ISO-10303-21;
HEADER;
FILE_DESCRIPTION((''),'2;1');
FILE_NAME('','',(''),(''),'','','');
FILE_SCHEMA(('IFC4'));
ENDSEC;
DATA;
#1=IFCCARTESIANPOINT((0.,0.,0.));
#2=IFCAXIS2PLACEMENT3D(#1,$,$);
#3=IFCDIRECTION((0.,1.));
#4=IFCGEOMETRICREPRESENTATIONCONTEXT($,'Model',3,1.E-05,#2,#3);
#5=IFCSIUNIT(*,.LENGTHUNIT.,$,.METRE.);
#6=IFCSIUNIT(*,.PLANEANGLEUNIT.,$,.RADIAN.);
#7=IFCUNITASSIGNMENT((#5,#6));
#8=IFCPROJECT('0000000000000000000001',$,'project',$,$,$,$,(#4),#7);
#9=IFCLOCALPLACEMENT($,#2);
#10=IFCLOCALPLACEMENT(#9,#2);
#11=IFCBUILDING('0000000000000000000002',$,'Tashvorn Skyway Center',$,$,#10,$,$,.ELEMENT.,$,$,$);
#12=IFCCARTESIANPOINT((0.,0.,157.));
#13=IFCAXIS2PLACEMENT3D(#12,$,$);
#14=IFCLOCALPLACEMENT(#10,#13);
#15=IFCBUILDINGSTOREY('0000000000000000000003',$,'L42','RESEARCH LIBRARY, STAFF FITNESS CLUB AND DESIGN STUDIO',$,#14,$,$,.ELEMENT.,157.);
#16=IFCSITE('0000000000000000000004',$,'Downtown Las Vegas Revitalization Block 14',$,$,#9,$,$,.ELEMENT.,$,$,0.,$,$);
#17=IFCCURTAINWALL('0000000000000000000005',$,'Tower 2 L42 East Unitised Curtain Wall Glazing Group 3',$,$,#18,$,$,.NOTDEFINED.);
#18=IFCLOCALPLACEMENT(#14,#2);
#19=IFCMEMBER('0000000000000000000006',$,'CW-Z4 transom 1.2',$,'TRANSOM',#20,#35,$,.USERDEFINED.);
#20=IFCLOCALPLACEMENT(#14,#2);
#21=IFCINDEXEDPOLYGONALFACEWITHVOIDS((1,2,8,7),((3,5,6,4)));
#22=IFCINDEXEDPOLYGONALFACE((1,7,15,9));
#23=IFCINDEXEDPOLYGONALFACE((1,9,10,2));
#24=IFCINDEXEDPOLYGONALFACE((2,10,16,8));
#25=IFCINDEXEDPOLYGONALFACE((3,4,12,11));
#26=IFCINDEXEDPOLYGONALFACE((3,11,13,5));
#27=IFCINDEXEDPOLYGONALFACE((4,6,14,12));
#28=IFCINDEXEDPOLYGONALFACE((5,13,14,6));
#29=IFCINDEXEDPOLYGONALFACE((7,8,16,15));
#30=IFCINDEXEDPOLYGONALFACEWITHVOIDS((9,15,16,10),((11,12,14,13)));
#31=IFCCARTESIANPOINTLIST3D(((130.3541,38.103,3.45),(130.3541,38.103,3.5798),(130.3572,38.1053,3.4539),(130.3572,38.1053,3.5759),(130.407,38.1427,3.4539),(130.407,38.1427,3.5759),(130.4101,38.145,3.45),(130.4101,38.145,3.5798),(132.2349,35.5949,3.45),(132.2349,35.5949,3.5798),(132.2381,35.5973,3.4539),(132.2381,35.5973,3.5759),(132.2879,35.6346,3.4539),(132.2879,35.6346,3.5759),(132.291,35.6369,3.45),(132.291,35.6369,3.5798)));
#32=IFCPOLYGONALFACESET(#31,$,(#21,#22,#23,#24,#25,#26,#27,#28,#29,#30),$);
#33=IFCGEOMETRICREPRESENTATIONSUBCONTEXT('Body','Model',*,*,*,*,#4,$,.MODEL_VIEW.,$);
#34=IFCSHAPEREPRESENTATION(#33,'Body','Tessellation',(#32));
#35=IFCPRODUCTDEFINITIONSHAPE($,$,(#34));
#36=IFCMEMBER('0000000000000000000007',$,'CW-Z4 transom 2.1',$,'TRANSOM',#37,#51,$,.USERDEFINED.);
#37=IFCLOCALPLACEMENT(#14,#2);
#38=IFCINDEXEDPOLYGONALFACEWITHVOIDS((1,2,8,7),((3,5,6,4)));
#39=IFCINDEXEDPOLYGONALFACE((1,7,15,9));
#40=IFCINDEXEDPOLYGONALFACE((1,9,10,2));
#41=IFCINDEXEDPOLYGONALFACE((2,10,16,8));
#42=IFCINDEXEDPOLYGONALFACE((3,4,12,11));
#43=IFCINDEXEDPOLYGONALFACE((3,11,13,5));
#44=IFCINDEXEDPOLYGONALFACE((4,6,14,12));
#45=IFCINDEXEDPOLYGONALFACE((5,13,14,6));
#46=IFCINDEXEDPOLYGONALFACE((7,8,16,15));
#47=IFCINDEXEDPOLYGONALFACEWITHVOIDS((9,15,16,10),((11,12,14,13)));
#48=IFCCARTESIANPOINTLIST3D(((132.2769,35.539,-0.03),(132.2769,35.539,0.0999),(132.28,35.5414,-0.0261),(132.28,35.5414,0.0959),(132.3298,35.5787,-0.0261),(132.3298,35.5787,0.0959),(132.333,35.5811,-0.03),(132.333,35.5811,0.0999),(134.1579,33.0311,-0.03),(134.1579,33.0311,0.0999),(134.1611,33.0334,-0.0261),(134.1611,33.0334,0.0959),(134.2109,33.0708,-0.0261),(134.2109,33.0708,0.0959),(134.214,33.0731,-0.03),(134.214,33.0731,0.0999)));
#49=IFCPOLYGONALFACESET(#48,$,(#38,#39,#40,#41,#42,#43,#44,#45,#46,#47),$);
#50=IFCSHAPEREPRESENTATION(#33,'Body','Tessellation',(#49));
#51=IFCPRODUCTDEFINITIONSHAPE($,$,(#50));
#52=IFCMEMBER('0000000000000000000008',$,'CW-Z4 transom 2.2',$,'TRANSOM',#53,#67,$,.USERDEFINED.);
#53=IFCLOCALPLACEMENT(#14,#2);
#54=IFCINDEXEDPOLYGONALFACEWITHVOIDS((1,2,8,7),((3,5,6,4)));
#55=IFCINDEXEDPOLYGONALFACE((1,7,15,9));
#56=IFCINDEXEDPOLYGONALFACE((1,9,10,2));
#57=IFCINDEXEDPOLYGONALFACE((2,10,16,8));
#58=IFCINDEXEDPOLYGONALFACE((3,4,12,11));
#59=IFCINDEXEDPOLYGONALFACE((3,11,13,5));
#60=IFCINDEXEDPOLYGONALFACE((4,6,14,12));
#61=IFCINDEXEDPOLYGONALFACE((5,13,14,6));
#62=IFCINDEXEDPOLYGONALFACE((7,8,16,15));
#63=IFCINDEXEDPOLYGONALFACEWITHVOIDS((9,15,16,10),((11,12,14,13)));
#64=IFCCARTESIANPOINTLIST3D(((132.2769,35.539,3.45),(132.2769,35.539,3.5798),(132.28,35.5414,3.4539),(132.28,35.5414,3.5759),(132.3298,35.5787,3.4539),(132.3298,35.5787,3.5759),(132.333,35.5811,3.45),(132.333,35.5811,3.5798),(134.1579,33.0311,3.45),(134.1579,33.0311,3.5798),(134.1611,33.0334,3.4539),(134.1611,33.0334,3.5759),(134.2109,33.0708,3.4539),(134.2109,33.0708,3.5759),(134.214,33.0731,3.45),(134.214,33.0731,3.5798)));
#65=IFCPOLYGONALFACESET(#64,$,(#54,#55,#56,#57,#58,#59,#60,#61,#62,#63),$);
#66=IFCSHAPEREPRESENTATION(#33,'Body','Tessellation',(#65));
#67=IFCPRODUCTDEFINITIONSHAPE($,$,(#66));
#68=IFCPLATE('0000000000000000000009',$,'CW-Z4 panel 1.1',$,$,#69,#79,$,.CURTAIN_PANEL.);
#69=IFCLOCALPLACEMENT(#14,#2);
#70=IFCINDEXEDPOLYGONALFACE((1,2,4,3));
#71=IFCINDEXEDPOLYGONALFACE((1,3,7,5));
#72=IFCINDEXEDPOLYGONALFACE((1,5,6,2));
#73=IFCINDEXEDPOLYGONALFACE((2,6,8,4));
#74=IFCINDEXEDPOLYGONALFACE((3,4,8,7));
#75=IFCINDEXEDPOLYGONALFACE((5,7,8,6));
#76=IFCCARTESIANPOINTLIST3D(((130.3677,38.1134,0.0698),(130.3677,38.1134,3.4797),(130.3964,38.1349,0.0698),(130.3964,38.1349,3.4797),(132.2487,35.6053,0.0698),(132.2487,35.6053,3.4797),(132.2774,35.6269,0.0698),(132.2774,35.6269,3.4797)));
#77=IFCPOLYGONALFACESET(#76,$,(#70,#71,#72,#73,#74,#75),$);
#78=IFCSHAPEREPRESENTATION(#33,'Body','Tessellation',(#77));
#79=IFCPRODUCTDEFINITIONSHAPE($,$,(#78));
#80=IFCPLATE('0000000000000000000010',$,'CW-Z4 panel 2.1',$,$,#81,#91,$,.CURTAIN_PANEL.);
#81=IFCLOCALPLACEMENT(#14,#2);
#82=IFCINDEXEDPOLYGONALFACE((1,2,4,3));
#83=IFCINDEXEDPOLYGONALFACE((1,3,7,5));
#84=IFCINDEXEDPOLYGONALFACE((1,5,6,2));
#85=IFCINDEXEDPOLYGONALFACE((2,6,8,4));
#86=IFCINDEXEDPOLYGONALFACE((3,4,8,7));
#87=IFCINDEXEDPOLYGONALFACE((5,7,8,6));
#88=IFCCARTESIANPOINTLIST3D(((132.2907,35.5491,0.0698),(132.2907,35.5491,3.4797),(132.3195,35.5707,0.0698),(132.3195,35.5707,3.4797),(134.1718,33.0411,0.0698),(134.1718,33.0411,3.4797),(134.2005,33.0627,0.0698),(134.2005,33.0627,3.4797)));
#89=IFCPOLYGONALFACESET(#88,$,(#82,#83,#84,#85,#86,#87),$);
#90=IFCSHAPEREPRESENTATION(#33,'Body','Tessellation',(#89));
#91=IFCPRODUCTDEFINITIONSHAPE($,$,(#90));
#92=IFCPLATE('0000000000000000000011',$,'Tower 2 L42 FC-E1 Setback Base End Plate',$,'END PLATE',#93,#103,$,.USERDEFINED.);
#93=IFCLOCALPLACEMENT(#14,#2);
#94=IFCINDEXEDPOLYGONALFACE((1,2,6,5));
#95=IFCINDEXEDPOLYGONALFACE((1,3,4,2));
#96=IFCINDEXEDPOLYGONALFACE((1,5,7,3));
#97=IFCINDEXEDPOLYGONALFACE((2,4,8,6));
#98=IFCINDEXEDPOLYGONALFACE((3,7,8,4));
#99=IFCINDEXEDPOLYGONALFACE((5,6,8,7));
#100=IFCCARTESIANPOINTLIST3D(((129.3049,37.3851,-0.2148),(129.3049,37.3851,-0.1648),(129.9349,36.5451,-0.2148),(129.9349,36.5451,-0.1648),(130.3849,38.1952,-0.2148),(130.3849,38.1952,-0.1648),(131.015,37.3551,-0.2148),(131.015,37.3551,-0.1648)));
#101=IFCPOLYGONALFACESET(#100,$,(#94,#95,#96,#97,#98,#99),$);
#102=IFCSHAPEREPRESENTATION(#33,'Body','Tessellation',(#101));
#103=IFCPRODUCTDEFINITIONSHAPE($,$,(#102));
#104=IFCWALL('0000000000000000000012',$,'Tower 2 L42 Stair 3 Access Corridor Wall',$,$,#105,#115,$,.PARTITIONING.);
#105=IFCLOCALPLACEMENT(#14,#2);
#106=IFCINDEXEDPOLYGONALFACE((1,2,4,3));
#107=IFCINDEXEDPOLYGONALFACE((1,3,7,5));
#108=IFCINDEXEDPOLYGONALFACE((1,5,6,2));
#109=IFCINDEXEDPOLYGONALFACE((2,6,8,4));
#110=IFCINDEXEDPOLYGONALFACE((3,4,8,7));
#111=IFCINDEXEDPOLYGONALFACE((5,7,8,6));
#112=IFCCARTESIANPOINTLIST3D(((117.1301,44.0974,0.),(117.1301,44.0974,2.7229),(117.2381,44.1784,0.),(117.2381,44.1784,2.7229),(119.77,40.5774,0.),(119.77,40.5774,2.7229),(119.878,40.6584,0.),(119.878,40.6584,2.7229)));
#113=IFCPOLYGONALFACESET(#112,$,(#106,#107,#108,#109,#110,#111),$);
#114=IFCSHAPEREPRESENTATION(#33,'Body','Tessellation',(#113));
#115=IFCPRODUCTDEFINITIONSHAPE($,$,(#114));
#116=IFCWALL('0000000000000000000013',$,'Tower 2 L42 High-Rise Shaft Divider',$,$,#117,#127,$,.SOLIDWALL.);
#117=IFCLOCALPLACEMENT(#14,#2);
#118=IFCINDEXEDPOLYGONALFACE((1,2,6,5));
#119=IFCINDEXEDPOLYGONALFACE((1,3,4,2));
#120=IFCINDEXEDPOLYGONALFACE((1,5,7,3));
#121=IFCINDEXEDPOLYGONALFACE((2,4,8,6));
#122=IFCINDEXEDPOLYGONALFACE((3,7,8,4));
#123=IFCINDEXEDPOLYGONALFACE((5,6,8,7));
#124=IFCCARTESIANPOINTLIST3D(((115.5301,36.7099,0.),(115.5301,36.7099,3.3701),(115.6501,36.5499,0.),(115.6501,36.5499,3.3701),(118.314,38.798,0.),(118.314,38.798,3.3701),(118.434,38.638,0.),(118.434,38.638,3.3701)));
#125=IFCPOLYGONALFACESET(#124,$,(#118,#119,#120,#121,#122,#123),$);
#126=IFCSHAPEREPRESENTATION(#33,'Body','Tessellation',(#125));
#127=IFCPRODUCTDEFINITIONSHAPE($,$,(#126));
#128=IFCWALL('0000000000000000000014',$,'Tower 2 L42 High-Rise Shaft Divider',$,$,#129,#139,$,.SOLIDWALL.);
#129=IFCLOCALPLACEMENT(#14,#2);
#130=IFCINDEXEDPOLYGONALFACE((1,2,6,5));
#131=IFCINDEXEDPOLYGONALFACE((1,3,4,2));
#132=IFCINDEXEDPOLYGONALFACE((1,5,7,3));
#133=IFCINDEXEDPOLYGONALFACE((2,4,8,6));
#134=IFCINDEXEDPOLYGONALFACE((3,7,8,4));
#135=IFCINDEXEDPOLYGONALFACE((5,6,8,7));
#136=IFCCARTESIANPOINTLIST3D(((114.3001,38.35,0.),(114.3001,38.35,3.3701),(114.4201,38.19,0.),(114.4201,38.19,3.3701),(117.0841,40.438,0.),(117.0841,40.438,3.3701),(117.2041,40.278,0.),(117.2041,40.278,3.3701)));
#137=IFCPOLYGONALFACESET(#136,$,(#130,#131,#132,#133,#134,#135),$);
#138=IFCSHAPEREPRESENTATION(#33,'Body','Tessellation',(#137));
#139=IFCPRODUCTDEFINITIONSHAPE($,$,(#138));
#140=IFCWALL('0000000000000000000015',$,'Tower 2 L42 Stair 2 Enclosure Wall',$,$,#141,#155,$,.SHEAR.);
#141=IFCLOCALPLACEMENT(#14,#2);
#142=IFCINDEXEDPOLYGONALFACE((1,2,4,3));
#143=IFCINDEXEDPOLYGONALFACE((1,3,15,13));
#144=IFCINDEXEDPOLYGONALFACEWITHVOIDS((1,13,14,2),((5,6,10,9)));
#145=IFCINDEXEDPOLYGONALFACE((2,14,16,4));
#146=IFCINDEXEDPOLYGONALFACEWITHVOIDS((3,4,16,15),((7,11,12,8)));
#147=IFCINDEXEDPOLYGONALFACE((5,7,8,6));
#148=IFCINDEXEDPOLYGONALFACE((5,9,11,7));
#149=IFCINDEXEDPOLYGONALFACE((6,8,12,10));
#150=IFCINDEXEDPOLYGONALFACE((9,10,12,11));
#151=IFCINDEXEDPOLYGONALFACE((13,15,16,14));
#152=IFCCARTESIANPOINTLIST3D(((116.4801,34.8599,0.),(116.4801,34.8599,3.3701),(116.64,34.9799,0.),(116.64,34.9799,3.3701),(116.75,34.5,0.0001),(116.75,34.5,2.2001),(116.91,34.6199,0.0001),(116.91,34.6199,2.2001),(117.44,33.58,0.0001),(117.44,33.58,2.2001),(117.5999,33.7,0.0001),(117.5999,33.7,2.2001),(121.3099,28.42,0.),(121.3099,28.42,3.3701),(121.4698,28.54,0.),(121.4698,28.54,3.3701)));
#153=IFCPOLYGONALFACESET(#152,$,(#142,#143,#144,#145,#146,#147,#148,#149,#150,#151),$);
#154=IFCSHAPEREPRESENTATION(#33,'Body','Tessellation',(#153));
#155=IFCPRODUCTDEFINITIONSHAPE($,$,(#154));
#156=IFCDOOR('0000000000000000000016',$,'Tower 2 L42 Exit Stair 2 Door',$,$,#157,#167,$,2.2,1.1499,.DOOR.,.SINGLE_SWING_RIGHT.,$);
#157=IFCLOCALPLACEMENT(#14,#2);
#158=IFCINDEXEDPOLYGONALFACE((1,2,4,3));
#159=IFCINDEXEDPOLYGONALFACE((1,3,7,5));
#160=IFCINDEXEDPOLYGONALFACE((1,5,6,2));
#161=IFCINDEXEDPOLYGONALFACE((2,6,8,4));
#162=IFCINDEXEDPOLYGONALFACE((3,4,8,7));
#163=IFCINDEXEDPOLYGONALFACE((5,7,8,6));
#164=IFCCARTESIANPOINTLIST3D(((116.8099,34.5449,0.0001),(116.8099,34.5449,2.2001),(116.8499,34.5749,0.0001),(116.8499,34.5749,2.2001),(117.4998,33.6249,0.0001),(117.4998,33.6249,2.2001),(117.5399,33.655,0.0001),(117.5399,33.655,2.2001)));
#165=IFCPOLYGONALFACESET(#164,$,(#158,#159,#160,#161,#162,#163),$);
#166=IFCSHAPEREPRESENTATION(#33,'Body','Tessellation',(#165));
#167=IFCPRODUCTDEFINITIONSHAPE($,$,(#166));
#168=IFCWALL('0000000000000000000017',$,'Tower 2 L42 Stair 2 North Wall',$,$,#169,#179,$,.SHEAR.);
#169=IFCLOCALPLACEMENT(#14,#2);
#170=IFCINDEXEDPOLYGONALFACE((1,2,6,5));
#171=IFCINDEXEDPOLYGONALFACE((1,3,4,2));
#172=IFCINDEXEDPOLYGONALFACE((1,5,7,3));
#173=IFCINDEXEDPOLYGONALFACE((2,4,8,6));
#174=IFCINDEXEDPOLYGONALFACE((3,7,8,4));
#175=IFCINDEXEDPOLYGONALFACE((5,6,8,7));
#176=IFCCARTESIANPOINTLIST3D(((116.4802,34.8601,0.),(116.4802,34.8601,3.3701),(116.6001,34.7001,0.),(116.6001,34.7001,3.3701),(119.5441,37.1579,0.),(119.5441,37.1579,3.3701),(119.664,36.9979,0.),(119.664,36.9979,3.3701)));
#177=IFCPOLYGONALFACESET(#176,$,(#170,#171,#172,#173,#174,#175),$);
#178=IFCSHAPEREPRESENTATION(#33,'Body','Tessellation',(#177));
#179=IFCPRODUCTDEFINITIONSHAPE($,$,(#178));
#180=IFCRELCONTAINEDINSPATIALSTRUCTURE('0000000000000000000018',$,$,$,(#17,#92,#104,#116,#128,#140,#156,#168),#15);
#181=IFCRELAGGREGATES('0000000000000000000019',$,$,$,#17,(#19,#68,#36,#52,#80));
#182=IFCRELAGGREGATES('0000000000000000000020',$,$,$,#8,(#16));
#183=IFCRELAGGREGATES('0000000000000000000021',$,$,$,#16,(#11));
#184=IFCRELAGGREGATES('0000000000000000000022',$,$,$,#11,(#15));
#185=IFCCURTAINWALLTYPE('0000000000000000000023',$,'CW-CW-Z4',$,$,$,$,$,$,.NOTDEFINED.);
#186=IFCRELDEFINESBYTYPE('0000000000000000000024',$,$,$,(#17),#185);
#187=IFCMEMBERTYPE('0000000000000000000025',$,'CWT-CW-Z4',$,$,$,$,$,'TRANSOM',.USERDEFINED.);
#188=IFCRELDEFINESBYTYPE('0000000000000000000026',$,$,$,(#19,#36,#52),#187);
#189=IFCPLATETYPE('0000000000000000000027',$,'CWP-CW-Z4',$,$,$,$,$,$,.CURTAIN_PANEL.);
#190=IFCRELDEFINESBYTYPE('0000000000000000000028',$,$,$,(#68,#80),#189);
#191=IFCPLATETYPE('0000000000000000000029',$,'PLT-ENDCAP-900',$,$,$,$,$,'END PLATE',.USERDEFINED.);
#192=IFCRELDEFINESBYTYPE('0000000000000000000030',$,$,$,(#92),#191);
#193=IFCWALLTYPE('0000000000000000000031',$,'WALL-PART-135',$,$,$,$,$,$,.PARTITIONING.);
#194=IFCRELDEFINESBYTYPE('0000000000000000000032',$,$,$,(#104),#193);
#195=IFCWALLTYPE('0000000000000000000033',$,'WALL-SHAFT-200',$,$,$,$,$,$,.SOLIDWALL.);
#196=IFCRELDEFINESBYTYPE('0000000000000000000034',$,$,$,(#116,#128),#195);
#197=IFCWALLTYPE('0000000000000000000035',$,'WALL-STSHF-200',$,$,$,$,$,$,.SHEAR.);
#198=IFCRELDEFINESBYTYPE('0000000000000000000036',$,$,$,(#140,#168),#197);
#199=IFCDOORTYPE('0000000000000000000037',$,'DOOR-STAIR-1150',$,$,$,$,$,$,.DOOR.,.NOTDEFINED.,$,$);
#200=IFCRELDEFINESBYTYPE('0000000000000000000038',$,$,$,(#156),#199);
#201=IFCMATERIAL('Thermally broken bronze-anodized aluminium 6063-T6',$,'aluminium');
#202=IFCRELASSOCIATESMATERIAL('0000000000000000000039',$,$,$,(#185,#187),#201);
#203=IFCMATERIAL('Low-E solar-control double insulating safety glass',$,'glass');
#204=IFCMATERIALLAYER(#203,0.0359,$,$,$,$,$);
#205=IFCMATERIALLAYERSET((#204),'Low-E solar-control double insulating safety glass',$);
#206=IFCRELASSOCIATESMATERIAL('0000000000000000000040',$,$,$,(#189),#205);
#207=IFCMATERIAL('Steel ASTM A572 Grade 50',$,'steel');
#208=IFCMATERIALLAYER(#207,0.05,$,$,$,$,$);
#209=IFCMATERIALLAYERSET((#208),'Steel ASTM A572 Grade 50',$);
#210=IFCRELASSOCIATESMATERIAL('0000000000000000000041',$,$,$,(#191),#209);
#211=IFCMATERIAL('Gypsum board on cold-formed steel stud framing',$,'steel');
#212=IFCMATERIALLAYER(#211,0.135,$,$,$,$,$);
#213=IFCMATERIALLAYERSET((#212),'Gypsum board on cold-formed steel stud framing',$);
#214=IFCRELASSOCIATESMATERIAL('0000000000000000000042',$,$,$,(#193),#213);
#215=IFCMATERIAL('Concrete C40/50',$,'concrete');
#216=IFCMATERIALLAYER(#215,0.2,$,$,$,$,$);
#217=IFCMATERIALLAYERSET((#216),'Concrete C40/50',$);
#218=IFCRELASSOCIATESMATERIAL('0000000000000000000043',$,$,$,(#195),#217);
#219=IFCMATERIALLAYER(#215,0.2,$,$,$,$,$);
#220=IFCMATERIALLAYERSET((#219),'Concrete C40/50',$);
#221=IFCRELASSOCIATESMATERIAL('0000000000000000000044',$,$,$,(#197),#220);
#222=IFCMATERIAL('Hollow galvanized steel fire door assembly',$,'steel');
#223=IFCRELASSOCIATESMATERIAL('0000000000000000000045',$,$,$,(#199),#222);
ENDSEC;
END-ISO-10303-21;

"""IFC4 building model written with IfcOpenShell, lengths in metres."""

from ifc_helpers import new_model, si_unit, direction, frame, frame_2d, origin, origin_2d, place, context, subcontext, project, spatial, rectangle, hollow_rectangle, extrude, material, layer, layer_set, material_profile, profile_set, type_object, element, fill, aggregate, save


model = new_model("IFC4")

# Units and contexts
model_context = context("Model", 3, precision=1e-05, world=origin(), true_north=direction((0.0, 1.0)))
body_context = subcontext(model_context, "Body", "Model", "MODEL_VIEW")
ifc_project = project(units=[si_unit("LENGTHUNIT", "METRE"), si_unit("PLANEANGLEUNIT", "RADIAN")], contexts=[model_context])

# Site, building, storey
site_placement = place(None, origin())
site = spatial("IfcSite", under=ifc_project, at=site_placement, Name="Downtown Las Vegas Revitalization Block 14", CompositionType="ELEMENT", RefElevation=0.0)
building_placement = place(site_placement, origin())
building = spatial("IfcBuilding", under=site, at=building_placement, Name="Tashvorn Skyway Center", CompositionType="ELEMENT")
storey_placement = place(building_placement, frame((0.0, 0.0, 157.0)))
storey = spatial("IfcBuildingStorey", under=building, at=storey_placement, Name="L42", Description="RESEARCH LIBRARY, STAFF FITNESS CLUB AND DESIGN STUDIO", CompositionType="ELEMENT", Elevation=157.0)

# Shared definitions
ifc_material_1 = material(Name="Steel ASTM A572 Grade 50", Category="steel")

# Shared definitions
ifc_material_2 = material(Name="Thermally broken bronze-anodized aluminium 6063-T6", Category="aluminium")
curtain_wall_type = type_object("IfcCurtainWallType", Name="CW-CW-Z4", PredefinedType="NOTDEFINED", material=ifc_material_2)

# Curtain wall, members, plates
curtain_wall_1_placement = place(storey_placement, origin())
curtain_wall_1 = element("IfcCurtainWall", 1, at=curtain_wall_1_placement, inside=storey, type_object=curtain_wall_type, Name="Tower 2 L42 East Unitised Curtain Wall Glazing Group 3", PredefinedType="NOTDEFINED")
ifc_material_profile_1 = material_profile(ifc_material_2, hollow_rectangle(XDim=0.0701, YDim=0.1299, WallThickness=0.0039, at=origin_2d()), Name="ALU-TRAN-70x130")
ifc_profile_set_1 = profile_set([ifc_material_profile_1], Name="Thermally broken bronze-anodized aluminium 6063-T6")
member_type_1 = type_object("IfcMemberType", Name="CWT-CW-Z4", ElementType="TRANSOM", PredefinedType="USERDEFINED", material=ifc_profile_set_1)
member_1_placement = place(storey_placement, frame((130.3821, 38.124, 3.5149), z_axis=(0.599963, -0.800028, 0.0), x_axis=(0.800028, 0.599963, 0.0)))
member_1 = element("IfcMember", 2, at=member_1_placement, type_object=member_type_1, Name="CW-Z4 transom 1.2", ObjectType="TRANSOM", PredefinedType="USERDEFINED", context=body_context, shape_type="SweptSolid", body=[
    extrude(hollow_rectangle(XDim=0.0701, YDim=0.1299, WallThickness=0.0039, at=origin_2d()), origin(), (0.0, 0.0, 1.0), 3.135),
])
member_2_placement = place(storey_placement, frame((132.3049, 35.5601, 0.0349), z_axis=(0.600012, -0.799991, 0.0), x_axis=(0.799991, 0.600012, 0.0)))
member_2 = element("IfcMember", 3, at=member_2_placement, type_object=member_type_1, Name="CW-Z4 transom 2.1", ObjectType="TRANSOM", PredefinedType="USERDEFINED", context=body_context, shape_type="SweptSolid", body=[
    extrude(hollow_rectangle(XDim=0.0701, YDim=0.1299, WallThickness=0.0039, at=origin_2d()), origin(), (0.0, 0.0, 1.0), 3.135),
])
member_3_placement = place(storey_placement, frame((132.3049, 35.5601, 3.5149), z_axis=(0.600012, -0.799991, 0.0), x_axis=(0.799991, 0.600012, 0.0)))
member_3 = element("IfcMember", 4, at=member_3_placement, type_object=member_type_1, Name="CW-Z4 transom 2.2", ObjectType="TRANSOM", PredefinedType="USERDEFINED", context=body_context, shape_type="SweptSolid", body=[
    extrude(hollow_rectangle(XDim=0.0701, YDim=0.1299, WallThickness=0.0039, at=origin_2d()), origin(), (0.0, 0.0, 1.0), 3.135),
])
ifc_material_3 = material(Name="Low-E solar-control double insulating safety glass", Category="glass")
ifc_layer_1 = layer(ifc_material_3, 0.0359)
ifc_layer_set_1 = layer_set([ifc_layer_1], Name="Low-E solar-control double insulating safety glass")
plate_type_1 = type_object("IfcPlateType", Name="CWP-CW-Z4", PredefinedType="CURTAIN_PANEL", material=ifc_layer_set_1)
plate_1_placement = place(storey_placement, frame((131.3225, 36.8701, 0.0698), z_axis=(0.0, 0.0, 1.0), x_axis=(0.6, -0.8, 0.0)))
plate_1 = element("IfcPlate", 5, at=plate_1_placement, type_object=plate_type_1, Name="CW-Z4 panel 1.1", PredefinedType="CURTAIN_PANEL", context=body_context, shape_type="SweptSolid", body=[
    extrude(rectangle(XDim=3.135, YDim=0.0359, at=origin_2d()), origin(), (0.0, 0.0, 1.0), 3.4099),
])
plate_2_placement = place(storey_placement, frame((133.2456, 34.3059, 0.0698), z_axis=(0.0, 0.0, 1.0), x_axis=(0.6, -0.8, 0.0)))
plate_2 = element("IfcPlate", 6, at=plate_2_placement, type_object=plate_type_1, Name="CW-Z4 panel 2.1", PredefinedType="CURTAIN_PANEL", context=body_context, shape_type="SweptSolid", body=[
    extrude(rectangle(XDim=3.135, YDim=0.0359, at=origin_2d()), origin(), (0.0, 0.0, 1.0), 3.4099),
])
aggregate(curtain_wall_1, [member_1, plate_1, member_2, member_3, plate_2])

# Plate
ifc_layer_2 = layer(ifc_material_1, 0.05)
ifc_layer_set_2 = layer_set([ifc_layer_2], Name="Steel ASTM A572 Grade 50")
plate_type_2 = type_object("IfcPlateType", Name="PLT-ENDCAP-900", ElementType="END PLATE", PredefinedType="USERDEFINED", material=ifc_layer_set_2)
plate_3_placement = place(storey_placement, frame((130.1599, 37.3701, -0.2148), z_axis=(0.0, 0.0, 1.0), x_axis=(0.8, 0.6, 0.0)))
element("IfcPlate", 7, at=plate_3_placement, inside=storey, type_object=plate_type_2, Name="Tower 2 L42 FC-E1 Setback Base End Plate", ObjectType="END PLATE", PredefinedType="USERDEFINED", context=body_context, shape_type="SweptSolid", body=[
    extrude(rectangle(XDim=1.3501, YDim=1.05, at=origin_2d()), origin(), (0.0, 0.0, 1.0), 0.05),
])

# Walls
ifc_material_4 = material(Name="Gypsum board on cold-formed steel stud framing", Category="steel")
ifc_layer_3 = layer(ifc_material_4, 0.135)
ifc_layer_set_3 = layer_set([ifc_layer_3], Name="Gypsum board on cold-formed steel stud framing")
wall_type_1 = type_object("IfcWallType", Name="WALL-PART-135", PredefinedType="PARTITIONING", material=ifc_layer_set_3)
wall_1_placement = place(storey_placement, frame((119.824, 40.6179, 0.0), z_axis=(0.0, 0.0, 1.0), x_axis=(-0.599982, 0.800013, 0.0)))
element("IfcWall", 8, at=wall_1_placement, inside=storey, type_object=wall_type_1, Name="Tower 2 L42 Stair 3 Access Corridor Wall", PredefinedType="PARTITIONING", context=body_context, shape_type="SweptSolid", body=[
    extrude(rectangle(XDim=4.3999, YDim=0.135, at=frame_2d((2.2, 0.0))), origin(), (0.0, 0.0, 1.0), 2.7229),
])
ifc_material_5 = material(Name="Concrete C40/50", Category="concrete")
ifc_layer_4 = layer(ifc_material_5, 0.2)
ifc_layer_set_4 = layer_set([ifc_layer_4], Name="Concrete C40/50")
wall_type_2 = type_object("IfcWallType", Name="WALL-SHAFT-200", PredefinedType="SOLIDWALL", material=ifc_layer_set_4)
for number, where, z_axis, x_axis, name in (
    (9, (115.5901, 36.6299, 0.0), (0.0, 0.0, 1.0), (0.799975, 0.600034, 0.0), "Tower 2 L42 High-Rise Shaft Divider"),
    (10, (114.3601, 38.27, 0.0), (0.0, 0.0, 1.0), (0.800008, 0.599989, 0.0), "Tower 2 L42 High-Rise Shaft Divider"),
):
    element("IfcWall", number, at=place(storey_placement, frame(where, z_axis=z_axis, x_axis=x_axis)), inside=storey, type_object=wall_type_2, Name=name, PredefinedType="SOLIDWALL", context=body_context, shape_type="SweptSolid", body=[
        extrude(rectangle(XDim=3.48, YDim=0.2, at=frame_2d((1.74, 0.0))), origin(), (0.0, 0.0, 1.0), 3.3701),
    ])

# Wall, opening, door
ifc_layer_5 = layer(ifc_material_5, 0.2)
ifc_layer_set_5 = layer_set([ifc_layer_5], Name="Concrete C40/50")
wall_type_3 = type_object("IfcWallType", Name="WALL-STSHF-200", PredefinedType="SHEAR", material=ifc_layer_set_5)
wall_2_placement = place(storey_placement, frame((116.5601, 34.9199, 0.0), z_axis=(0.0, 0.0, 1.0), x_axis=(0.59999, -0.800007, 0.0)))
wall_2 = element("IfcWall", 11, at=wall_2_placement, inside=storey, type_object=wall_type_3, Name="Tower 2 L42 Stair 2 Enclosure Wall", PredefinedType="SHEAR", context=body_context, shape_type="SweptSolid", body=[
    extrude(rectangle(XDim=8.0498, YDim=0.2, at=frame_2d((4.0249, 0.0))), origin(), (0.0, 0.0, 1.0), 3.3701),
])
opening_1_placement = place(wall_2_placement, frame((0.45, 0.0, 0.0)))
opening_1 = element("IfcOpeningElement", 12, at=opening_1_placement, cuts=wall_2, PredefinedType="OPENING", context=body_context, shape_type="SweptSolid", body=[
    extrude(rectangle(XDim=1.1499, YDim=2.2, at=frame_2d((0.575, 1.1001))), frame((0.0, 0.1099, 0.0), z_axis=(0.0, -1.0, 0.0), x_axis=(1.0, 0.0, 0.0)), (0.0, 0.0, 1.0), 0.22),
])
ifc_material_6 = material(Name="Hollow galvanized steel fire door assembly", Category="steel")
door_type = type_object("IfcDoorType", Name="DOOR-STAIR-1150", OperationType="NOTDEFINED", PredefinedType="DOOR", material=ifc_material_6)
door_1_placement = place(opening_1_placement, origin())
door_1 = element("IfcDoor", 13, at=door_1_placement, inside=storey, type_object=door_type, Name="Tower 2 L42 Exit Stair 2 Door", OperationType="SINGLE_SWING_RIGHT", OverallHeight=2.2, OverallWidth=1.1499, PredefinedType="DOOR", context=body_context, shape_type="SweptSolid", body=[
    extrude(rectangle(XDim=1.1499, YDim=2.2, at=frame_2d((0.575, 1.1001))), frame((0.0, 0.0249, 0.0), z_axis=(0.0, -1.0, 0.0), x_axis=(1.0, 0.0, 0.0)), (0.0, 0.0, 1.0), 0.05),
])
fill(opening_1, door_1)

# Wall
wall_3_placement = place(storey_placement, frame((116.54, 34.78, 0.0), z_axis=(0.0, 0.0, 1.0), x_axis=(0.800015, 0.59998, 0.0)))
element("IfcWall", 14, at=wall_3_placement, inside=storey, type_object=wall_type_3, Name="Tower 2 L42 Stair 2 North Wall", PredefinedType="SHEAR", context=body_context, shape_type="SweptSolid", body=[
    extrude(rectangle(XDim=3.8298, YDim=0.2, at=frame_2d((1.915, 0.0))), origin(), (0.0, 0.0, 1.0), 3.3701),
])

save(model, "model.ifc")
